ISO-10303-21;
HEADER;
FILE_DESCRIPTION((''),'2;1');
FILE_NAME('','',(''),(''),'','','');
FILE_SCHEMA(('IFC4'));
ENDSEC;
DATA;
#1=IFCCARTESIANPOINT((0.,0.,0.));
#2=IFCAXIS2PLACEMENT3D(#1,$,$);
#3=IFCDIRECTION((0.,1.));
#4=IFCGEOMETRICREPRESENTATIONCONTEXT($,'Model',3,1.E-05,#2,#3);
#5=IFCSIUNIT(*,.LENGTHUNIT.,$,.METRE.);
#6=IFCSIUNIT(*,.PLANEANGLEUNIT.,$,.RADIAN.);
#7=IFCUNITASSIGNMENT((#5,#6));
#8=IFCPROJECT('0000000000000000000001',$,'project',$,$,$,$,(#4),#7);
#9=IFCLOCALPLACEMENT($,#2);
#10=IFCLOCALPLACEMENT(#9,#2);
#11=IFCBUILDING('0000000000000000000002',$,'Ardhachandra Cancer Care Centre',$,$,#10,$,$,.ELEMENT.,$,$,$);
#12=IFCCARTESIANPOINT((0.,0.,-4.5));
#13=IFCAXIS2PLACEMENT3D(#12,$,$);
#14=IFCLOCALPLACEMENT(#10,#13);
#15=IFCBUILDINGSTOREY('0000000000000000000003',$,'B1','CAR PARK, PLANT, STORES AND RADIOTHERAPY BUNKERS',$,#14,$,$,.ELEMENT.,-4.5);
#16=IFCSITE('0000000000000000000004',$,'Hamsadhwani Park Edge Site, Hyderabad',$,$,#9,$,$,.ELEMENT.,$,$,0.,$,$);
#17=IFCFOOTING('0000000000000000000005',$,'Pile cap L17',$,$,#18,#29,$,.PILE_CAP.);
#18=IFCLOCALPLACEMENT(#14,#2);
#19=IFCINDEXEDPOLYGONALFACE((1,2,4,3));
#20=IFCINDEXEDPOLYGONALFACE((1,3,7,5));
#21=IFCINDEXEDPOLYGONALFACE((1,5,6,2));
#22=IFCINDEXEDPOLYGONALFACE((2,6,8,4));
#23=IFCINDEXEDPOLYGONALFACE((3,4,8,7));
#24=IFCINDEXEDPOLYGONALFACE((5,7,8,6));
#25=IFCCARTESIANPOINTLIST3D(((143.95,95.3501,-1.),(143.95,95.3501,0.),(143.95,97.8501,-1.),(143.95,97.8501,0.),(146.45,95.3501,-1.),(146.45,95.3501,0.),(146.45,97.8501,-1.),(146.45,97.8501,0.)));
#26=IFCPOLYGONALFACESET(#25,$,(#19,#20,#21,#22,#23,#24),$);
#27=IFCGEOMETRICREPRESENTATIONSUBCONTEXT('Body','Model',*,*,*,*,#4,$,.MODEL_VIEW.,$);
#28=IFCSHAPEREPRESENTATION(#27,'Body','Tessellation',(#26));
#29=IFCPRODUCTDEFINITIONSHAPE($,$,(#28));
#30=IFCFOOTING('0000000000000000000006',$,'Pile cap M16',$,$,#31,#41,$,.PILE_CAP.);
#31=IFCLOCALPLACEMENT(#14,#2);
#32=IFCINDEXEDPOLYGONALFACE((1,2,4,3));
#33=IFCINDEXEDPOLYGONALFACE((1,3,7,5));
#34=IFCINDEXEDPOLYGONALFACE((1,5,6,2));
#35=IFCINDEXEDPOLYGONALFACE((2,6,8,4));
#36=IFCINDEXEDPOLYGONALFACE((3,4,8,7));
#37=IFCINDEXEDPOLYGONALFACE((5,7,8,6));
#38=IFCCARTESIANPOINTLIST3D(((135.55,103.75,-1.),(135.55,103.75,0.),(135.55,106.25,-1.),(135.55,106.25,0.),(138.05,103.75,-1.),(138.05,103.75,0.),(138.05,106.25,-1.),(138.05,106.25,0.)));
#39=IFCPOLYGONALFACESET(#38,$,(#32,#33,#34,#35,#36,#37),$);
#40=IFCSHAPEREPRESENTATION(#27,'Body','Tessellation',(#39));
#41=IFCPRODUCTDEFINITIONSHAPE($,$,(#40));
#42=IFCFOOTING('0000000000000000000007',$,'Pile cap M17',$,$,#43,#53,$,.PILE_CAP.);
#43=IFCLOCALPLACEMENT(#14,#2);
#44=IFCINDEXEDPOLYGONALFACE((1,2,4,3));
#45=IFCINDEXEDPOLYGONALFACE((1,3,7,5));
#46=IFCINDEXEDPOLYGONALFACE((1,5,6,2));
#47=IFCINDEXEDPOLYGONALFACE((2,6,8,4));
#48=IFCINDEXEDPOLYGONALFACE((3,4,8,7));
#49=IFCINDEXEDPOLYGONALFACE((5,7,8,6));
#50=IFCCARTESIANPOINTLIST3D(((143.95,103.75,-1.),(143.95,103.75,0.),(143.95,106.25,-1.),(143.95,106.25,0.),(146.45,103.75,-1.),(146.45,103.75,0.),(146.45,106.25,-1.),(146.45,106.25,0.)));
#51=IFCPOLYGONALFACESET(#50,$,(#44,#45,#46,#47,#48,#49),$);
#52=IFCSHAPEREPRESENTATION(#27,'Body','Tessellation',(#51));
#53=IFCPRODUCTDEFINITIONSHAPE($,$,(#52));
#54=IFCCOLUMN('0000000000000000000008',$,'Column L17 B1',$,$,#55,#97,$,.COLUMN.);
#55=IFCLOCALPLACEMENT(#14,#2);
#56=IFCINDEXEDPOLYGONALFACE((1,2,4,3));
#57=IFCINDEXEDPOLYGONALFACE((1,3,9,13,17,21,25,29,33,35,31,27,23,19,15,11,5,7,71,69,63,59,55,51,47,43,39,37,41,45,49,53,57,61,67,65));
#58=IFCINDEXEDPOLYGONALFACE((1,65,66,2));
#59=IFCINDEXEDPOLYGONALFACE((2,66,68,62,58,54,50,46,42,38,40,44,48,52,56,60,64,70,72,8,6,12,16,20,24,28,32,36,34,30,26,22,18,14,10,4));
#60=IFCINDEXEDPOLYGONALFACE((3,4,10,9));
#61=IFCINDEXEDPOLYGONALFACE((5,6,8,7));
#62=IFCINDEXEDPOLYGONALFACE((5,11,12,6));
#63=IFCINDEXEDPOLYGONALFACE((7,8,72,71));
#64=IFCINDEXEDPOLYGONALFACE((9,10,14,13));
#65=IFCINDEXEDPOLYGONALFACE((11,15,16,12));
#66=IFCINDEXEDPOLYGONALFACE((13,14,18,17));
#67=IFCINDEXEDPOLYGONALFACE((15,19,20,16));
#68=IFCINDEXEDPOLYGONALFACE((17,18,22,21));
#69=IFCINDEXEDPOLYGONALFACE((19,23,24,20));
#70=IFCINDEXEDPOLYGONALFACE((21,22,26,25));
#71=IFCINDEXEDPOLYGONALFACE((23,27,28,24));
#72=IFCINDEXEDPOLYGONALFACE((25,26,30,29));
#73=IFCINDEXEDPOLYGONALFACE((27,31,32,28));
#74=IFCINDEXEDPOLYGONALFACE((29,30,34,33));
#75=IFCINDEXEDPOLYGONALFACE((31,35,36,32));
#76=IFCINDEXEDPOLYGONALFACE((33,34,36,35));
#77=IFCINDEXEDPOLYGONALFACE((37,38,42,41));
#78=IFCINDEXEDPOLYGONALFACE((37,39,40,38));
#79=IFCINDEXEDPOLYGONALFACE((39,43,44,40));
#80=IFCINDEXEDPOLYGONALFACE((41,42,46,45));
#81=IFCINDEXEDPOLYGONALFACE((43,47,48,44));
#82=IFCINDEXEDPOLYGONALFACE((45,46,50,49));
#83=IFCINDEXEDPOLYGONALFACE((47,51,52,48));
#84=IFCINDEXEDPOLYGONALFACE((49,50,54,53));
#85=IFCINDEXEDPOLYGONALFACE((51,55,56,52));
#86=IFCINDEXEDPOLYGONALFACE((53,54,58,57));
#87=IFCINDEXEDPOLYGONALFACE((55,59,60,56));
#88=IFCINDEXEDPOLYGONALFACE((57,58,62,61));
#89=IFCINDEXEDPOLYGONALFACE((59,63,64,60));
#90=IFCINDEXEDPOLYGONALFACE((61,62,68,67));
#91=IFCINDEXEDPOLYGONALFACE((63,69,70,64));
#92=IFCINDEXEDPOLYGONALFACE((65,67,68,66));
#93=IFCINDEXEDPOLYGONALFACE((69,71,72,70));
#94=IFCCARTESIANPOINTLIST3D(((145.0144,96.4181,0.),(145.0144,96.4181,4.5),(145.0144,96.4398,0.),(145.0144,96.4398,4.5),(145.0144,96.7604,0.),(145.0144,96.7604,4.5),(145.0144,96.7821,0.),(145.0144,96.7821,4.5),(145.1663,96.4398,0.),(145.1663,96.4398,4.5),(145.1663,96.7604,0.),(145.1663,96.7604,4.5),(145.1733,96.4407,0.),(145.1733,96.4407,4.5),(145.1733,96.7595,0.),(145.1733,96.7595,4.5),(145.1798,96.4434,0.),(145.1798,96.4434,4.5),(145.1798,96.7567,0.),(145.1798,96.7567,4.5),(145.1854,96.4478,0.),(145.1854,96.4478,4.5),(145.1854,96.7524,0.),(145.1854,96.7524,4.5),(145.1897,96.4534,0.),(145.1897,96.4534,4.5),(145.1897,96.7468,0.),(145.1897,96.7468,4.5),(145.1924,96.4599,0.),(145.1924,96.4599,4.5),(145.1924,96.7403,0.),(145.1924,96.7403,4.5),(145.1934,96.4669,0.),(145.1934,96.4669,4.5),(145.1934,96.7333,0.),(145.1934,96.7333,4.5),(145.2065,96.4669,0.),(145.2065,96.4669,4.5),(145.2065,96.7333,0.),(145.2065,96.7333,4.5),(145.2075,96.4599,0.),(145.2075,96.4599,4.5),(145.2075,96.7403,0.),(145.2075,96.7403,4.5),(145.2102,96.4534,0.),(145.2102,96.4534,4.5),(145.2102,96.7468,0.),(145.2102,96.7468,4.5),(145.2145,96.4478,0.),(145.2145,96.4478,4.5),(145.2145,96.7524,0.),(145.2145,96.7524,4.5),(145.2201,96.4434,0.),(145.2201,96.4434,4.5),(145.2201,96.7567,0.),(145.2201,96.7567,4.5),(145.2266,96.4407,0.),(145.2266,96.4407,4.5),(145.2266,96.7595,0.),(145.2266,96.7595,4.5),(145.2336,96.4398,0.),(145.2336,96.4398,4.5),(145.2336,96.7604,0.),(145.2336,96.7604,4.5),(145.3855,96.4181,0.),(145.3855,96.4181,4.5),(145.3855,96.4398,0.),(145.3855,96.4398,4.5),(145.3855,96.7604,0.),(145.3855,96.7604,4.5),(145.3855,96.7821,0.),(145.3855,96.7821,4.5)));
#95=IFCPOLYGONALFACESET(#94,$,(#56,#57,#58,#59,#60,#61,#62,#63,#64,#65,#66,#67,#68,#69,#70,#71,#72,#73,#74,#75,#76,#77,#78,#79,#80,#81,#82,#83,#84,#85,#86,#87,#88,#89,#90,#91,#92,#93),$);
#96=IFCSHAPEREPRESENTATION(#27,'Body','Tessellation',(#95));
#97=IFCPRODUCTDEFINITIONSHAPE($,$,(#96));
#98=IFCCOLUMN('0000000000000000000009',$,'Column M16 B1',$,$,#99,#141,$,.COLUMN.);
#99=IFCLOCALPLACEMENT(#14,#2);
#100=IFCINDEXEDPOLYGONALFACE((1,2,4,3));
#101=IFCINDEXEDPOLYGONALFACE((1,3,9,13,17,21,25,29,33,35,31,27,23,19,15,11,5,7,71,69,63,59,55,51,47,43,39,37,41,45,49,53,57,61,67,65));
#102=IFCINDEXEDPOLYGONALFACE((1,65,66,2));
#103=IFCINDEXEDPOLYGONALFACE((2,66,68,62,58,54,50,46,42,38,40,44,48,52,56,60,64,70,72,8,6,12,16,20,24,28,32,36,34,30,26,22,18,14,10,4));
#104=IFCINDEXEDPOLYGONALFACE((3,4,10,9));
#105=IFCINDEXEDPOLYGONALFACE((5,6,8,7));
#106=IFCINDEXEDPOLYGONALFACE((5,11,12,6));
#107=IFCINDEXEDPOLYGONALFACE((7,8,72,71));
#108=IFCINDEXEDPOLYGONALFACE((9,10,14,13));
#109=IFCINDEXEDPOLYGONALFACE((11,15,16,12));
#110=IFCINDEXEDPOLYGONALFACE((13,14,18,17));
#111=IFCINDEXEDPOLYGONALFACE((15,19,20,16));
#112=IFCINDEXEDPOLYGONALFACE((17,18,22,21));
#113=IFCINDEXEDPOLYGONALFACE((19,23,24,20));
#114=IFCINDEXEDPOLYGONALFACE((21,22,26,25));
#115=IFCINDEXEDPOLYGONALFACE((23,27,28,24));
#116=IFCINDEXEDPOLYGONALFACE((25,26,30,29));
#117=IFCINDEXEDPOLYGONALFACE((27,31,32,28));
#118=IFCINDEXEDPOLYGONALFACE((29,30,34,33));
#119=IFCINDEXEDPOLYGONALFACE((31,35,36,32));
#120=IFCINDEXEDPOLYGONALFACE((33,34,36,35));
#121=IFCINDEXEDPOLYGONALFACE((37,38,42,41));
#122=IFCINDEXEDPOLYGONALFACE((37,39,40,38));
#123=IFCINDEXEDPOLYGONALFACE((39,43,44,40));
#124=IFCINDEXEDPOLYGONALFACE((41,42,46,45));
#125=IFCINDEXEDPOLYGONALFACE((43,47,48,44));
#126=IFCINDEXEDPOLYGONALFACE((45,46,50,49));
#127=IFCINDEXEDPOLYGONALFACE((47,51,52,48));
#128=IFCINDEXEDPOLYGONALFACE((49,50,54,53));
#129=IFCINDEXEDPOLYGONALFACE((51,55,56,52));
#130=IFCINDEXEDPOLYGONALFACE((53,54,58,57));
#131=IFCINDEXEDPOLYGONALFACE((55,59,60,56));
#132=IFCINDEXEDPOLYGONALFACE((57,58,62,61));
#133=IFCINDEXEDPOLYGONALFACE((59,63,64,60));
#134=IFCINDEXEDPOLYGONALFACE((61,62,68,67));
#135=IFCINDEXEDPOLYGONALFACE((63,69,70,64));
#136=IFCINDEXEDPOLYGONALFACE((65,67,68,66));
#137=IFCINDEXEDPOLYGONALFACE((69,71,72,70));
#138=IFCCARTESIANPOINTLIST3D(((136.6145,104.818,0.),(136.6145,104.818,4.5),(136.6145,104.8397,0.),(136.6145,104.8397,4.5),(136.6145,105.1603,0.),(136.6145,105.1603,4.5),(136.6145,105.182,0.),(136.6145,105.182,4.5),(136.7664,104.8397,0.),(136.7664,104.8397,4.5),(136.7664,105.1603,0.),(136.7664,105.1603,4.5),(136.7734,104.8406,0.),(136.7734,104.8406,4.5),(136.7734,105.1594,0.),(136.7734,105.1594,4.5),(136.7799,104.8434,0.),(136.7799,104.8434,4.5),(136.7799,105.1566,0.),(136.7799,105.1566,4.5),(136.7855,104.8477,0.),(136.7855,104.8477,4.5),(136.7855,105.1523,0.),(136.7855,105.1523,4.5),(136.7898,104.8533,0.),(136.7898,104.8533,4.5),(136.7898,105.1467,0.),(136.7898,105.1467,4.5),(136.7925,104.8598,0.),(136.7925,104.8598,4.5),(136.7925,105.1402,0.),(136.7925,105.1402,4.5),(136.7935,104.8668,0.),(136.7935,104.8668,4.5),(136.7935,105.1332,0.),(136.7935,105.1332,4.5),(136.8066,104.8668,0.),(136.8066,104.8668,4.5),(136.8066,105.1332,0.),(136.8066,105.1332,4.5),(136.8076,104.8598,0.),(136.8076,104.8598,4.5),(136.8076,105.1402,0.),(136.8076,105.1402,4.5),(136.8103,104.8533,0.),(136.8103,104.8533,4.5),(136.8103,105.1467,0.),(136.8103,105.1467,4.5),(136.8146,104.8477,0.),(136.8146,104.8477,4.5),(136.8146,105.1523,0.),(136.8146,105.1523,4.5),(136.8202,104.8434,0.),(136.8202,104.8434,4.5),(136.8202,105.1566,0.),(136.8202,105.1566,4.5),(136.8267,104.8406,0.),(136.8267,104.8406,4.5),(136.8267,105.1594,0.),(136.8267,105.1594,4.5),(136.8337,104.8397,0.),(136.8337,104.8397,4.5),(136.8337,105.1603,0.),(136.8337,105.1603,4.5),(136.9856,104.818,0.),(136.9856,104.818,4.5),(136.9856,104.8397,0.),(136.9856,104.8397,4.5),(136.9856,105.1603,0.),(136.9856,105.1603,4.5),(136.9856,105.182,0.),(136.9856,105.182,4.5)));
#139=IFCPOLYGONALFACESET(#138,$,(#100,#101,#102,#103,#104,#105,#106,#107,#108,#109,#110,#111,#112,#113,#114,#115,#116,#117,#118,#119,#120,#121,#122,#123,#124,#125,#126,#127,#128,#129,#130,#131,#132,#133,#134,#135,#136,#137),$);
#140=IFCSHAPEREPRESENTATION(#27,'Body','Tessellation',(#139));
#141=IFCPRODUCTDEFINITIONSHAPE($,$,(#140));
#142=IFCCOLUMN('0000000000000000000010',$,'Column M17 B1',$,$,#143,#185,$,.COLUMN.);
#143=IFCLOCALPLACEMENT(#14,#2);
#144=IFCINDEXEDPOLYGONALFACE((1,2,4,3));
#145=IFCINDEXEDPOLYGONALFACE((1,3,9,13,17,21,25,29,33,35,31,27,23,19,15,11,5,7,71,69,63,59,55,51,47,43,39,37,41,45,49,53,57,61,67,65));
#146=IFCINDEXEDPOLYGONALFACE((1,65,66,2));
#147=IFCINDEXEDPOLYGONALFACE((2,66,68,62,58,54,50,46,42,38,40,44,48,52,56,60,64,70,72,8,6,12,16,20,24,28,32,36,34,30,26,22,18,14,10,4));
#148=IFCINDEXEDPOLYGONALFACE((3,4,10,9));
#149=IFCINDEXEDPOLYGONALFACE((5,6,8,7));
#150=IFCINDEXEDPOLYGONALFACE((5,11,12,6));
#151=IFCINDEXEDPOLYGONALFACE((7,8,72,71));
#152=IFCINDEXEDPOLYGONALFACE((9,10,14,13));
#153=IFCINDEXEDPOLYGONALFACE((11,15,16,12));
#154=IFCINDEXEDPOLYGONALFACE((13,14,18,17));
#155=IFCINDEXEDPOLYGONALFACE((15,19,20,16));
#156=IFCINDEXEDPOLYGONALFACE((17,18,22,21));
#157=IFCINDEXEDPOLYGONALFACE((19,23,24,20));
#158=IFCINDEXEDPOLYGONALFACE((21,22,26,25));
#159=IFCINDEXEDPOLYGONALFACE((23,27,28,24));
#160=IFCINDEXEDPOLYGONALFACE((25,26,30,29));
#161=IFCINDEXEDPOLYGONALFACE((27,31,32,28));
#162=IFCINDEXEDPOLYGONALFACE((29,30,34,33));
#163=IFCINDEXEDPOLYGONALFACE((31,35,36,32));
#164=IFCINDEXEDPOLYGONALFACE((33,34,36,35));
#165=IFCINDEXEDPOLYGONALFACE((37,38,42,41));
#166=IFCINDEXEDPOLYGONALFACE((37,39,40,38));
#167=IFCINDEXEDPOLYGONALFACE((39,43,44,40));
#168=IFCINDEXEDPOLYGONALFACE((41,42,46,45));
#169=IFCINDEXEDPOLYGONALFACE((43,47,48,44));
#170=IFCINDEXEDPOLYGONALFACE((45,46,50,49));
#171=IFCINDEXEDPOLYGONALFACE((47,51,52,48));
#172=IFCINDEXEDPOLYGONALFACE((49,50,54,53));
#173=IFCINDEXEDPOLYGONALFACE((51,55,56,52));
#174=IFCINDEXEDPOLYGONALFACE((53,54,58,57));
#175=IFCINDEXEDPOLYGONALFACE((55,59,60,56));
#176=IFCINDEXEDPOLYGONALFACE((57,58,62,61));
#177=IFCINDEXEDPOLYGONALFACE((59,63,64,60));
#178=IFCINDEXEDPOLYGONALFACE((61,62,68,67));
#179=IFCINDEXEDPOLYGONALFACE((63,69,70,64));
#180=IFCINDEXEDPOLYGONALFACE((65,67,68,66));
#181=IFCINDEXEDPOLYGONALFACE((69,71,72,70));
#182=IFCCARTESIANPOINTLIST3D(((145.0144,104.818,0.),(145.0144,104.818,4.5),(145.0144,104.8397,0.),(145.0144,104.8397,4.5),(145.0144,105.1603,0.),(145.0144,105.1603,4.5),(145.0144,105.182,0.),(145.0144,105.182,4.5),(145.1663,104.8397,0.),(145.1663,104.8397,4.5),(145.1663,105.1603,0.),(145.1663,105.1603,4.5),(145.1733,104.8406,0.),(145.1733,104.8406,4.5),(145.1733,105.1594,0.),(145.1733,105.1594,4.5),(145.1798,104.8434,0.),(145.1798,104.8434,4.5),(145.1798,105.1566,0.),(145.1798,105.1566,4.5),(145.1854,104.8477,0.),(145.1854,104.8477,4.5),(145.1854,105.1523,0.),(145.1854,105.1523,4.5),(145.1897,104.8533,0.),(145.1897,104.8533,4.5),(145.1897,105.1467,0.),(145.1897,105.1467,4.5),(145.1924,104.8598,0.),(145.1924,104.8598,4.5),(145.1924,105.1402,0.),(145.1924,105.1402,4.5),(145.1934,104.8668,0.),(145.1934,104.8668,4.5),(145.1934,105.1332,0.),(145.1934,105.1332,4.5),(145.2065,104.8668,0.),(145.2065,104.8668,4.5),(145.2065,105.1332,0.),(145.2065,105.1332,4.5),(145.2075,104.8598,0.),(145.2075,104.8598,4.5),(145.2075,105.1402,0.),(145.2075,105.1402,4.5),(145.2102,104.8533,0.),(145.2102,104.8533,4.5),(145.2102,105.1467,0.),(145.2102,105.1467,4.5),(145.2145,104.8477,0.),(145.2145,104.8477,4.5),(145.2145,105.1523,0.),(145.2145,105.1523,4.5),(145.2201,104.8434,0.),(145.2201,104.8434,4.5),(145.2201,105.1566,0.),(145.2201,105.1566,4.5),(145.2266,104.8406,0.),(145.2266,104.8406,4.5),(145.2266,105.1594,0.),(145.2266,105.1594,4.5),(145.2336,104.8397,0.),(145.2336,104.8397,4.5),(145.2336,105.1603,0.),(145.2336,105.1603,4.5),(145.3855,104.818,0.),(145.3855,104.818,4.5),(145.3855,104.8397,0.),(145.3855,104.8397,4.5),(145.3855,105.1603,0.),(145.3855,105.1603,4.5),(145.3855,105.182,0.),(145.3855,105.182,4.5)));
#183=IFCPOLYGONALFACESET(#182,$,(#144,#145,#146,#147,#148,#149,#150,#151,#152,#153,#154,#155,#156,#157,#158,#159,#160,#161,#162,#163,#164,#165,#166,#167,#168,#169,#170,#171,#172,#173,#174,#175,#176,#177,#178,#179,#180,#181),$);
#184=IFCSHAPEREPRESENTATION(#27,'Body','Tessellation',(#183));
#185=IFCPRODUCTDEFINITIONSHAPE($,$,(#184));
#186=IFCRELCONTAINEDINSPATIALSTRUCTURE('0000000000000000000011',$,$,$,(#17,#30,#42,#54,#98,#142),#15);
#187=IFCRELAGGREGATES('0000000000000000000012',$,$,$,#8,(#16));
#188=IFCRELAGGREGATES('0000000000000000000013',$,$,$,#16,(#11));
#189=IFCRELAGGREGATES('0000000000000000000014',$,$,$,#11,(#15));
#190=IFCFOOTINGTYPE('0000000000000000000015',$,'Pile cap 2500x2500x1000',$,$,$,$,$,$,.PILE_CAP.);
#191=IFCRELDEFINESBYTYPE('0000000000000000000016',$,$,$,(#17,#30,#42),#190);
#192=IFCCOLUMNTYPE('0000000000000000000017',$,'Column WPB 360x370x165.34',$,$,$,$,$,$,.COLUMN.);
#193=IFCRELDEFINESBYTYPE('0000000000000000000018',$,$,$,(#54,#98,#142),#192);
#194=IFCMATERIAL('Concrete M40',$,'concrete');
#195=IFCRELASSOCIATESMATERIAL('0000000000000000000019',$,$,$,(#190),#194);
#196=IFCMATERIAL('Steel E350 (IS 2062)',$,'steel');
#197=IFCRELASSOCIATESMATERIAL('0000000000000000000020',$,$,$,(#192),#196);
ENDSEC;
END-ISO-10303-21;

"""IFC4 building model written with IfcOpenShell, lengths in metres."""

from ifc_helpers import new_model, si_unit, direction, frame, origin, origin_2d, place, context, subcontext, project, spatial, rectangle, i_section, extrude, material, material_profile, profile_set, type_object, element, save


model = new_model("IFC4")

# Units and contexts
model_context = context("Model", 3, precision=1e-05, world=origin(), true_north=direction((0.0, 1.0)))
body_context = subcontext(model_context, "Body", "Model", "MODEL_VIEW")
ifc_project = project(units=[si_unit("LENGTHUNIT", "METRE"), si_unit("PLANEANGLEUNIT", "RADIAN")], contexts=[model_context])

# Site, building, storey
site_placement = place(None, origin())
site = spatial("IfcSite", under=ifc_project, at=site_placement, Name="Hamsadhwani Park Edge Site, Hyderabad", CompositionType="ELEMENT", RefElevation=0.0)
building_placement = place(site_placement, origin())
building = spatial("IfcBuilding", under=site, at=building_placement, Name="Ardhachandra Cancer Care Centre", CompositionType="ELEMENT")
storey_placement = place(building_placement, frame((0.0, 0.0, -4.5)))
storey = spatial("IfcBuildingStorey", under=building, at=storey_placement, Name="B1", Description="CAR PARK, PLANT, STORES AND RADIOTHERAPY BUNKERS", CompositionType="ELEMENT", Elevation=-4.5)

# Footings
ifc_material_1 = material(Name="Concrete M40", Category="concrete")
footing_type_1 = type_object("IfcFootingType", Name="Pile cap 2500x2500x1000", PredefinedType="PILE_CAP", material=ifc_material_1)
for number, where, z_axis, x_axis, name in (
    (1, (145.2, 96.6001, -1.0), (0.0, 0.0, 1.0), (1.0, 0.0, 0.0), "Pile cap L17"),
    (2, (136.8, 105.0, -1.0), (0.0, 0.0, 1.0), (1.0, 0.0, 0.0), "Pile cap M16"),
    (3, (145.2, 105.0, -1.0), (0.0, 0.0, 1.0), (1.0, 0.0, 0.0), "Pile cap M17"),
):
    element("IfcFooting", number, at=place(storey_placement, frame(where, z_axis=z_axis, x_axis=x_axis)), inside=storey, type_object=footing_type_1, Name=name, PredefinedType="PILE_CAP", context=body_context, shape_type="SweptSolid", body=[
        extrude(rectangle(XDim=2.5, YDim=2.5, at=origin_2d()), origin(), (0.0, 0.0, 1.0), 1.0),
    ])

# Columns
ifc_material_2 = material(Name="Steel E350 (IS 2062)", Category="steel")
ifc_material_profile_1 = material_profile(ifc_material_2, i_section(OverallWidth=0.3711, OverallDepth=0.364, WebThickness=0.0132, FlangeThickness=0.0217, FilletRadius=0.0271, at=origin_2d()), Name="WPB 360x370x165.34")
ifc_profile_set_1 = profile_set([ifc_material_profile_1], Name="Steel E350 (IS 2062)")
column_type_1 = type_object("IfcColumnType", Name="Column WPB 360x370x165.34", PredefinedType="COLUMN", material=ifc_profile_set_1)
for number, where, z_axis, x_axis, name in (
    (4, (145.2, 96.6001, 0.0), (0.0, 0.0, 1.0), (1.0, 0.0, 0.0), "Column L17 B1"),
    (5, (136.8, 105.0, 0.0), (0.0, 0.0, 1.0), (1.0, 0.0, 0.0), "Column M16 B1"),
    (6, (145.2, 105.0, 0.0), (0.0, 0.0, 1.0), (1.0, 0.0, 0.0), "Column M17 B1"),
):
    element("IfcColumn", number, at=place(storey_placement, frame(where, z_axis=z_axis, x_axis=x_axis)), inside=storey, type_object=column_type_1, Name=name, PredefinedType="COLUMN", context=body_context, shape_type="SweptSolid", body=[
        extrude(i_section(OverallWidth=0.3711, OverallDepth=0.364, WebThickness=0.0132, FlangeThickness=0.0217, FilletRadius=0.0271, at=origin_2d()), origin(), (0.0, 0.0, 1.0), 4.5),
    ])

save(model, "model.ifc")
